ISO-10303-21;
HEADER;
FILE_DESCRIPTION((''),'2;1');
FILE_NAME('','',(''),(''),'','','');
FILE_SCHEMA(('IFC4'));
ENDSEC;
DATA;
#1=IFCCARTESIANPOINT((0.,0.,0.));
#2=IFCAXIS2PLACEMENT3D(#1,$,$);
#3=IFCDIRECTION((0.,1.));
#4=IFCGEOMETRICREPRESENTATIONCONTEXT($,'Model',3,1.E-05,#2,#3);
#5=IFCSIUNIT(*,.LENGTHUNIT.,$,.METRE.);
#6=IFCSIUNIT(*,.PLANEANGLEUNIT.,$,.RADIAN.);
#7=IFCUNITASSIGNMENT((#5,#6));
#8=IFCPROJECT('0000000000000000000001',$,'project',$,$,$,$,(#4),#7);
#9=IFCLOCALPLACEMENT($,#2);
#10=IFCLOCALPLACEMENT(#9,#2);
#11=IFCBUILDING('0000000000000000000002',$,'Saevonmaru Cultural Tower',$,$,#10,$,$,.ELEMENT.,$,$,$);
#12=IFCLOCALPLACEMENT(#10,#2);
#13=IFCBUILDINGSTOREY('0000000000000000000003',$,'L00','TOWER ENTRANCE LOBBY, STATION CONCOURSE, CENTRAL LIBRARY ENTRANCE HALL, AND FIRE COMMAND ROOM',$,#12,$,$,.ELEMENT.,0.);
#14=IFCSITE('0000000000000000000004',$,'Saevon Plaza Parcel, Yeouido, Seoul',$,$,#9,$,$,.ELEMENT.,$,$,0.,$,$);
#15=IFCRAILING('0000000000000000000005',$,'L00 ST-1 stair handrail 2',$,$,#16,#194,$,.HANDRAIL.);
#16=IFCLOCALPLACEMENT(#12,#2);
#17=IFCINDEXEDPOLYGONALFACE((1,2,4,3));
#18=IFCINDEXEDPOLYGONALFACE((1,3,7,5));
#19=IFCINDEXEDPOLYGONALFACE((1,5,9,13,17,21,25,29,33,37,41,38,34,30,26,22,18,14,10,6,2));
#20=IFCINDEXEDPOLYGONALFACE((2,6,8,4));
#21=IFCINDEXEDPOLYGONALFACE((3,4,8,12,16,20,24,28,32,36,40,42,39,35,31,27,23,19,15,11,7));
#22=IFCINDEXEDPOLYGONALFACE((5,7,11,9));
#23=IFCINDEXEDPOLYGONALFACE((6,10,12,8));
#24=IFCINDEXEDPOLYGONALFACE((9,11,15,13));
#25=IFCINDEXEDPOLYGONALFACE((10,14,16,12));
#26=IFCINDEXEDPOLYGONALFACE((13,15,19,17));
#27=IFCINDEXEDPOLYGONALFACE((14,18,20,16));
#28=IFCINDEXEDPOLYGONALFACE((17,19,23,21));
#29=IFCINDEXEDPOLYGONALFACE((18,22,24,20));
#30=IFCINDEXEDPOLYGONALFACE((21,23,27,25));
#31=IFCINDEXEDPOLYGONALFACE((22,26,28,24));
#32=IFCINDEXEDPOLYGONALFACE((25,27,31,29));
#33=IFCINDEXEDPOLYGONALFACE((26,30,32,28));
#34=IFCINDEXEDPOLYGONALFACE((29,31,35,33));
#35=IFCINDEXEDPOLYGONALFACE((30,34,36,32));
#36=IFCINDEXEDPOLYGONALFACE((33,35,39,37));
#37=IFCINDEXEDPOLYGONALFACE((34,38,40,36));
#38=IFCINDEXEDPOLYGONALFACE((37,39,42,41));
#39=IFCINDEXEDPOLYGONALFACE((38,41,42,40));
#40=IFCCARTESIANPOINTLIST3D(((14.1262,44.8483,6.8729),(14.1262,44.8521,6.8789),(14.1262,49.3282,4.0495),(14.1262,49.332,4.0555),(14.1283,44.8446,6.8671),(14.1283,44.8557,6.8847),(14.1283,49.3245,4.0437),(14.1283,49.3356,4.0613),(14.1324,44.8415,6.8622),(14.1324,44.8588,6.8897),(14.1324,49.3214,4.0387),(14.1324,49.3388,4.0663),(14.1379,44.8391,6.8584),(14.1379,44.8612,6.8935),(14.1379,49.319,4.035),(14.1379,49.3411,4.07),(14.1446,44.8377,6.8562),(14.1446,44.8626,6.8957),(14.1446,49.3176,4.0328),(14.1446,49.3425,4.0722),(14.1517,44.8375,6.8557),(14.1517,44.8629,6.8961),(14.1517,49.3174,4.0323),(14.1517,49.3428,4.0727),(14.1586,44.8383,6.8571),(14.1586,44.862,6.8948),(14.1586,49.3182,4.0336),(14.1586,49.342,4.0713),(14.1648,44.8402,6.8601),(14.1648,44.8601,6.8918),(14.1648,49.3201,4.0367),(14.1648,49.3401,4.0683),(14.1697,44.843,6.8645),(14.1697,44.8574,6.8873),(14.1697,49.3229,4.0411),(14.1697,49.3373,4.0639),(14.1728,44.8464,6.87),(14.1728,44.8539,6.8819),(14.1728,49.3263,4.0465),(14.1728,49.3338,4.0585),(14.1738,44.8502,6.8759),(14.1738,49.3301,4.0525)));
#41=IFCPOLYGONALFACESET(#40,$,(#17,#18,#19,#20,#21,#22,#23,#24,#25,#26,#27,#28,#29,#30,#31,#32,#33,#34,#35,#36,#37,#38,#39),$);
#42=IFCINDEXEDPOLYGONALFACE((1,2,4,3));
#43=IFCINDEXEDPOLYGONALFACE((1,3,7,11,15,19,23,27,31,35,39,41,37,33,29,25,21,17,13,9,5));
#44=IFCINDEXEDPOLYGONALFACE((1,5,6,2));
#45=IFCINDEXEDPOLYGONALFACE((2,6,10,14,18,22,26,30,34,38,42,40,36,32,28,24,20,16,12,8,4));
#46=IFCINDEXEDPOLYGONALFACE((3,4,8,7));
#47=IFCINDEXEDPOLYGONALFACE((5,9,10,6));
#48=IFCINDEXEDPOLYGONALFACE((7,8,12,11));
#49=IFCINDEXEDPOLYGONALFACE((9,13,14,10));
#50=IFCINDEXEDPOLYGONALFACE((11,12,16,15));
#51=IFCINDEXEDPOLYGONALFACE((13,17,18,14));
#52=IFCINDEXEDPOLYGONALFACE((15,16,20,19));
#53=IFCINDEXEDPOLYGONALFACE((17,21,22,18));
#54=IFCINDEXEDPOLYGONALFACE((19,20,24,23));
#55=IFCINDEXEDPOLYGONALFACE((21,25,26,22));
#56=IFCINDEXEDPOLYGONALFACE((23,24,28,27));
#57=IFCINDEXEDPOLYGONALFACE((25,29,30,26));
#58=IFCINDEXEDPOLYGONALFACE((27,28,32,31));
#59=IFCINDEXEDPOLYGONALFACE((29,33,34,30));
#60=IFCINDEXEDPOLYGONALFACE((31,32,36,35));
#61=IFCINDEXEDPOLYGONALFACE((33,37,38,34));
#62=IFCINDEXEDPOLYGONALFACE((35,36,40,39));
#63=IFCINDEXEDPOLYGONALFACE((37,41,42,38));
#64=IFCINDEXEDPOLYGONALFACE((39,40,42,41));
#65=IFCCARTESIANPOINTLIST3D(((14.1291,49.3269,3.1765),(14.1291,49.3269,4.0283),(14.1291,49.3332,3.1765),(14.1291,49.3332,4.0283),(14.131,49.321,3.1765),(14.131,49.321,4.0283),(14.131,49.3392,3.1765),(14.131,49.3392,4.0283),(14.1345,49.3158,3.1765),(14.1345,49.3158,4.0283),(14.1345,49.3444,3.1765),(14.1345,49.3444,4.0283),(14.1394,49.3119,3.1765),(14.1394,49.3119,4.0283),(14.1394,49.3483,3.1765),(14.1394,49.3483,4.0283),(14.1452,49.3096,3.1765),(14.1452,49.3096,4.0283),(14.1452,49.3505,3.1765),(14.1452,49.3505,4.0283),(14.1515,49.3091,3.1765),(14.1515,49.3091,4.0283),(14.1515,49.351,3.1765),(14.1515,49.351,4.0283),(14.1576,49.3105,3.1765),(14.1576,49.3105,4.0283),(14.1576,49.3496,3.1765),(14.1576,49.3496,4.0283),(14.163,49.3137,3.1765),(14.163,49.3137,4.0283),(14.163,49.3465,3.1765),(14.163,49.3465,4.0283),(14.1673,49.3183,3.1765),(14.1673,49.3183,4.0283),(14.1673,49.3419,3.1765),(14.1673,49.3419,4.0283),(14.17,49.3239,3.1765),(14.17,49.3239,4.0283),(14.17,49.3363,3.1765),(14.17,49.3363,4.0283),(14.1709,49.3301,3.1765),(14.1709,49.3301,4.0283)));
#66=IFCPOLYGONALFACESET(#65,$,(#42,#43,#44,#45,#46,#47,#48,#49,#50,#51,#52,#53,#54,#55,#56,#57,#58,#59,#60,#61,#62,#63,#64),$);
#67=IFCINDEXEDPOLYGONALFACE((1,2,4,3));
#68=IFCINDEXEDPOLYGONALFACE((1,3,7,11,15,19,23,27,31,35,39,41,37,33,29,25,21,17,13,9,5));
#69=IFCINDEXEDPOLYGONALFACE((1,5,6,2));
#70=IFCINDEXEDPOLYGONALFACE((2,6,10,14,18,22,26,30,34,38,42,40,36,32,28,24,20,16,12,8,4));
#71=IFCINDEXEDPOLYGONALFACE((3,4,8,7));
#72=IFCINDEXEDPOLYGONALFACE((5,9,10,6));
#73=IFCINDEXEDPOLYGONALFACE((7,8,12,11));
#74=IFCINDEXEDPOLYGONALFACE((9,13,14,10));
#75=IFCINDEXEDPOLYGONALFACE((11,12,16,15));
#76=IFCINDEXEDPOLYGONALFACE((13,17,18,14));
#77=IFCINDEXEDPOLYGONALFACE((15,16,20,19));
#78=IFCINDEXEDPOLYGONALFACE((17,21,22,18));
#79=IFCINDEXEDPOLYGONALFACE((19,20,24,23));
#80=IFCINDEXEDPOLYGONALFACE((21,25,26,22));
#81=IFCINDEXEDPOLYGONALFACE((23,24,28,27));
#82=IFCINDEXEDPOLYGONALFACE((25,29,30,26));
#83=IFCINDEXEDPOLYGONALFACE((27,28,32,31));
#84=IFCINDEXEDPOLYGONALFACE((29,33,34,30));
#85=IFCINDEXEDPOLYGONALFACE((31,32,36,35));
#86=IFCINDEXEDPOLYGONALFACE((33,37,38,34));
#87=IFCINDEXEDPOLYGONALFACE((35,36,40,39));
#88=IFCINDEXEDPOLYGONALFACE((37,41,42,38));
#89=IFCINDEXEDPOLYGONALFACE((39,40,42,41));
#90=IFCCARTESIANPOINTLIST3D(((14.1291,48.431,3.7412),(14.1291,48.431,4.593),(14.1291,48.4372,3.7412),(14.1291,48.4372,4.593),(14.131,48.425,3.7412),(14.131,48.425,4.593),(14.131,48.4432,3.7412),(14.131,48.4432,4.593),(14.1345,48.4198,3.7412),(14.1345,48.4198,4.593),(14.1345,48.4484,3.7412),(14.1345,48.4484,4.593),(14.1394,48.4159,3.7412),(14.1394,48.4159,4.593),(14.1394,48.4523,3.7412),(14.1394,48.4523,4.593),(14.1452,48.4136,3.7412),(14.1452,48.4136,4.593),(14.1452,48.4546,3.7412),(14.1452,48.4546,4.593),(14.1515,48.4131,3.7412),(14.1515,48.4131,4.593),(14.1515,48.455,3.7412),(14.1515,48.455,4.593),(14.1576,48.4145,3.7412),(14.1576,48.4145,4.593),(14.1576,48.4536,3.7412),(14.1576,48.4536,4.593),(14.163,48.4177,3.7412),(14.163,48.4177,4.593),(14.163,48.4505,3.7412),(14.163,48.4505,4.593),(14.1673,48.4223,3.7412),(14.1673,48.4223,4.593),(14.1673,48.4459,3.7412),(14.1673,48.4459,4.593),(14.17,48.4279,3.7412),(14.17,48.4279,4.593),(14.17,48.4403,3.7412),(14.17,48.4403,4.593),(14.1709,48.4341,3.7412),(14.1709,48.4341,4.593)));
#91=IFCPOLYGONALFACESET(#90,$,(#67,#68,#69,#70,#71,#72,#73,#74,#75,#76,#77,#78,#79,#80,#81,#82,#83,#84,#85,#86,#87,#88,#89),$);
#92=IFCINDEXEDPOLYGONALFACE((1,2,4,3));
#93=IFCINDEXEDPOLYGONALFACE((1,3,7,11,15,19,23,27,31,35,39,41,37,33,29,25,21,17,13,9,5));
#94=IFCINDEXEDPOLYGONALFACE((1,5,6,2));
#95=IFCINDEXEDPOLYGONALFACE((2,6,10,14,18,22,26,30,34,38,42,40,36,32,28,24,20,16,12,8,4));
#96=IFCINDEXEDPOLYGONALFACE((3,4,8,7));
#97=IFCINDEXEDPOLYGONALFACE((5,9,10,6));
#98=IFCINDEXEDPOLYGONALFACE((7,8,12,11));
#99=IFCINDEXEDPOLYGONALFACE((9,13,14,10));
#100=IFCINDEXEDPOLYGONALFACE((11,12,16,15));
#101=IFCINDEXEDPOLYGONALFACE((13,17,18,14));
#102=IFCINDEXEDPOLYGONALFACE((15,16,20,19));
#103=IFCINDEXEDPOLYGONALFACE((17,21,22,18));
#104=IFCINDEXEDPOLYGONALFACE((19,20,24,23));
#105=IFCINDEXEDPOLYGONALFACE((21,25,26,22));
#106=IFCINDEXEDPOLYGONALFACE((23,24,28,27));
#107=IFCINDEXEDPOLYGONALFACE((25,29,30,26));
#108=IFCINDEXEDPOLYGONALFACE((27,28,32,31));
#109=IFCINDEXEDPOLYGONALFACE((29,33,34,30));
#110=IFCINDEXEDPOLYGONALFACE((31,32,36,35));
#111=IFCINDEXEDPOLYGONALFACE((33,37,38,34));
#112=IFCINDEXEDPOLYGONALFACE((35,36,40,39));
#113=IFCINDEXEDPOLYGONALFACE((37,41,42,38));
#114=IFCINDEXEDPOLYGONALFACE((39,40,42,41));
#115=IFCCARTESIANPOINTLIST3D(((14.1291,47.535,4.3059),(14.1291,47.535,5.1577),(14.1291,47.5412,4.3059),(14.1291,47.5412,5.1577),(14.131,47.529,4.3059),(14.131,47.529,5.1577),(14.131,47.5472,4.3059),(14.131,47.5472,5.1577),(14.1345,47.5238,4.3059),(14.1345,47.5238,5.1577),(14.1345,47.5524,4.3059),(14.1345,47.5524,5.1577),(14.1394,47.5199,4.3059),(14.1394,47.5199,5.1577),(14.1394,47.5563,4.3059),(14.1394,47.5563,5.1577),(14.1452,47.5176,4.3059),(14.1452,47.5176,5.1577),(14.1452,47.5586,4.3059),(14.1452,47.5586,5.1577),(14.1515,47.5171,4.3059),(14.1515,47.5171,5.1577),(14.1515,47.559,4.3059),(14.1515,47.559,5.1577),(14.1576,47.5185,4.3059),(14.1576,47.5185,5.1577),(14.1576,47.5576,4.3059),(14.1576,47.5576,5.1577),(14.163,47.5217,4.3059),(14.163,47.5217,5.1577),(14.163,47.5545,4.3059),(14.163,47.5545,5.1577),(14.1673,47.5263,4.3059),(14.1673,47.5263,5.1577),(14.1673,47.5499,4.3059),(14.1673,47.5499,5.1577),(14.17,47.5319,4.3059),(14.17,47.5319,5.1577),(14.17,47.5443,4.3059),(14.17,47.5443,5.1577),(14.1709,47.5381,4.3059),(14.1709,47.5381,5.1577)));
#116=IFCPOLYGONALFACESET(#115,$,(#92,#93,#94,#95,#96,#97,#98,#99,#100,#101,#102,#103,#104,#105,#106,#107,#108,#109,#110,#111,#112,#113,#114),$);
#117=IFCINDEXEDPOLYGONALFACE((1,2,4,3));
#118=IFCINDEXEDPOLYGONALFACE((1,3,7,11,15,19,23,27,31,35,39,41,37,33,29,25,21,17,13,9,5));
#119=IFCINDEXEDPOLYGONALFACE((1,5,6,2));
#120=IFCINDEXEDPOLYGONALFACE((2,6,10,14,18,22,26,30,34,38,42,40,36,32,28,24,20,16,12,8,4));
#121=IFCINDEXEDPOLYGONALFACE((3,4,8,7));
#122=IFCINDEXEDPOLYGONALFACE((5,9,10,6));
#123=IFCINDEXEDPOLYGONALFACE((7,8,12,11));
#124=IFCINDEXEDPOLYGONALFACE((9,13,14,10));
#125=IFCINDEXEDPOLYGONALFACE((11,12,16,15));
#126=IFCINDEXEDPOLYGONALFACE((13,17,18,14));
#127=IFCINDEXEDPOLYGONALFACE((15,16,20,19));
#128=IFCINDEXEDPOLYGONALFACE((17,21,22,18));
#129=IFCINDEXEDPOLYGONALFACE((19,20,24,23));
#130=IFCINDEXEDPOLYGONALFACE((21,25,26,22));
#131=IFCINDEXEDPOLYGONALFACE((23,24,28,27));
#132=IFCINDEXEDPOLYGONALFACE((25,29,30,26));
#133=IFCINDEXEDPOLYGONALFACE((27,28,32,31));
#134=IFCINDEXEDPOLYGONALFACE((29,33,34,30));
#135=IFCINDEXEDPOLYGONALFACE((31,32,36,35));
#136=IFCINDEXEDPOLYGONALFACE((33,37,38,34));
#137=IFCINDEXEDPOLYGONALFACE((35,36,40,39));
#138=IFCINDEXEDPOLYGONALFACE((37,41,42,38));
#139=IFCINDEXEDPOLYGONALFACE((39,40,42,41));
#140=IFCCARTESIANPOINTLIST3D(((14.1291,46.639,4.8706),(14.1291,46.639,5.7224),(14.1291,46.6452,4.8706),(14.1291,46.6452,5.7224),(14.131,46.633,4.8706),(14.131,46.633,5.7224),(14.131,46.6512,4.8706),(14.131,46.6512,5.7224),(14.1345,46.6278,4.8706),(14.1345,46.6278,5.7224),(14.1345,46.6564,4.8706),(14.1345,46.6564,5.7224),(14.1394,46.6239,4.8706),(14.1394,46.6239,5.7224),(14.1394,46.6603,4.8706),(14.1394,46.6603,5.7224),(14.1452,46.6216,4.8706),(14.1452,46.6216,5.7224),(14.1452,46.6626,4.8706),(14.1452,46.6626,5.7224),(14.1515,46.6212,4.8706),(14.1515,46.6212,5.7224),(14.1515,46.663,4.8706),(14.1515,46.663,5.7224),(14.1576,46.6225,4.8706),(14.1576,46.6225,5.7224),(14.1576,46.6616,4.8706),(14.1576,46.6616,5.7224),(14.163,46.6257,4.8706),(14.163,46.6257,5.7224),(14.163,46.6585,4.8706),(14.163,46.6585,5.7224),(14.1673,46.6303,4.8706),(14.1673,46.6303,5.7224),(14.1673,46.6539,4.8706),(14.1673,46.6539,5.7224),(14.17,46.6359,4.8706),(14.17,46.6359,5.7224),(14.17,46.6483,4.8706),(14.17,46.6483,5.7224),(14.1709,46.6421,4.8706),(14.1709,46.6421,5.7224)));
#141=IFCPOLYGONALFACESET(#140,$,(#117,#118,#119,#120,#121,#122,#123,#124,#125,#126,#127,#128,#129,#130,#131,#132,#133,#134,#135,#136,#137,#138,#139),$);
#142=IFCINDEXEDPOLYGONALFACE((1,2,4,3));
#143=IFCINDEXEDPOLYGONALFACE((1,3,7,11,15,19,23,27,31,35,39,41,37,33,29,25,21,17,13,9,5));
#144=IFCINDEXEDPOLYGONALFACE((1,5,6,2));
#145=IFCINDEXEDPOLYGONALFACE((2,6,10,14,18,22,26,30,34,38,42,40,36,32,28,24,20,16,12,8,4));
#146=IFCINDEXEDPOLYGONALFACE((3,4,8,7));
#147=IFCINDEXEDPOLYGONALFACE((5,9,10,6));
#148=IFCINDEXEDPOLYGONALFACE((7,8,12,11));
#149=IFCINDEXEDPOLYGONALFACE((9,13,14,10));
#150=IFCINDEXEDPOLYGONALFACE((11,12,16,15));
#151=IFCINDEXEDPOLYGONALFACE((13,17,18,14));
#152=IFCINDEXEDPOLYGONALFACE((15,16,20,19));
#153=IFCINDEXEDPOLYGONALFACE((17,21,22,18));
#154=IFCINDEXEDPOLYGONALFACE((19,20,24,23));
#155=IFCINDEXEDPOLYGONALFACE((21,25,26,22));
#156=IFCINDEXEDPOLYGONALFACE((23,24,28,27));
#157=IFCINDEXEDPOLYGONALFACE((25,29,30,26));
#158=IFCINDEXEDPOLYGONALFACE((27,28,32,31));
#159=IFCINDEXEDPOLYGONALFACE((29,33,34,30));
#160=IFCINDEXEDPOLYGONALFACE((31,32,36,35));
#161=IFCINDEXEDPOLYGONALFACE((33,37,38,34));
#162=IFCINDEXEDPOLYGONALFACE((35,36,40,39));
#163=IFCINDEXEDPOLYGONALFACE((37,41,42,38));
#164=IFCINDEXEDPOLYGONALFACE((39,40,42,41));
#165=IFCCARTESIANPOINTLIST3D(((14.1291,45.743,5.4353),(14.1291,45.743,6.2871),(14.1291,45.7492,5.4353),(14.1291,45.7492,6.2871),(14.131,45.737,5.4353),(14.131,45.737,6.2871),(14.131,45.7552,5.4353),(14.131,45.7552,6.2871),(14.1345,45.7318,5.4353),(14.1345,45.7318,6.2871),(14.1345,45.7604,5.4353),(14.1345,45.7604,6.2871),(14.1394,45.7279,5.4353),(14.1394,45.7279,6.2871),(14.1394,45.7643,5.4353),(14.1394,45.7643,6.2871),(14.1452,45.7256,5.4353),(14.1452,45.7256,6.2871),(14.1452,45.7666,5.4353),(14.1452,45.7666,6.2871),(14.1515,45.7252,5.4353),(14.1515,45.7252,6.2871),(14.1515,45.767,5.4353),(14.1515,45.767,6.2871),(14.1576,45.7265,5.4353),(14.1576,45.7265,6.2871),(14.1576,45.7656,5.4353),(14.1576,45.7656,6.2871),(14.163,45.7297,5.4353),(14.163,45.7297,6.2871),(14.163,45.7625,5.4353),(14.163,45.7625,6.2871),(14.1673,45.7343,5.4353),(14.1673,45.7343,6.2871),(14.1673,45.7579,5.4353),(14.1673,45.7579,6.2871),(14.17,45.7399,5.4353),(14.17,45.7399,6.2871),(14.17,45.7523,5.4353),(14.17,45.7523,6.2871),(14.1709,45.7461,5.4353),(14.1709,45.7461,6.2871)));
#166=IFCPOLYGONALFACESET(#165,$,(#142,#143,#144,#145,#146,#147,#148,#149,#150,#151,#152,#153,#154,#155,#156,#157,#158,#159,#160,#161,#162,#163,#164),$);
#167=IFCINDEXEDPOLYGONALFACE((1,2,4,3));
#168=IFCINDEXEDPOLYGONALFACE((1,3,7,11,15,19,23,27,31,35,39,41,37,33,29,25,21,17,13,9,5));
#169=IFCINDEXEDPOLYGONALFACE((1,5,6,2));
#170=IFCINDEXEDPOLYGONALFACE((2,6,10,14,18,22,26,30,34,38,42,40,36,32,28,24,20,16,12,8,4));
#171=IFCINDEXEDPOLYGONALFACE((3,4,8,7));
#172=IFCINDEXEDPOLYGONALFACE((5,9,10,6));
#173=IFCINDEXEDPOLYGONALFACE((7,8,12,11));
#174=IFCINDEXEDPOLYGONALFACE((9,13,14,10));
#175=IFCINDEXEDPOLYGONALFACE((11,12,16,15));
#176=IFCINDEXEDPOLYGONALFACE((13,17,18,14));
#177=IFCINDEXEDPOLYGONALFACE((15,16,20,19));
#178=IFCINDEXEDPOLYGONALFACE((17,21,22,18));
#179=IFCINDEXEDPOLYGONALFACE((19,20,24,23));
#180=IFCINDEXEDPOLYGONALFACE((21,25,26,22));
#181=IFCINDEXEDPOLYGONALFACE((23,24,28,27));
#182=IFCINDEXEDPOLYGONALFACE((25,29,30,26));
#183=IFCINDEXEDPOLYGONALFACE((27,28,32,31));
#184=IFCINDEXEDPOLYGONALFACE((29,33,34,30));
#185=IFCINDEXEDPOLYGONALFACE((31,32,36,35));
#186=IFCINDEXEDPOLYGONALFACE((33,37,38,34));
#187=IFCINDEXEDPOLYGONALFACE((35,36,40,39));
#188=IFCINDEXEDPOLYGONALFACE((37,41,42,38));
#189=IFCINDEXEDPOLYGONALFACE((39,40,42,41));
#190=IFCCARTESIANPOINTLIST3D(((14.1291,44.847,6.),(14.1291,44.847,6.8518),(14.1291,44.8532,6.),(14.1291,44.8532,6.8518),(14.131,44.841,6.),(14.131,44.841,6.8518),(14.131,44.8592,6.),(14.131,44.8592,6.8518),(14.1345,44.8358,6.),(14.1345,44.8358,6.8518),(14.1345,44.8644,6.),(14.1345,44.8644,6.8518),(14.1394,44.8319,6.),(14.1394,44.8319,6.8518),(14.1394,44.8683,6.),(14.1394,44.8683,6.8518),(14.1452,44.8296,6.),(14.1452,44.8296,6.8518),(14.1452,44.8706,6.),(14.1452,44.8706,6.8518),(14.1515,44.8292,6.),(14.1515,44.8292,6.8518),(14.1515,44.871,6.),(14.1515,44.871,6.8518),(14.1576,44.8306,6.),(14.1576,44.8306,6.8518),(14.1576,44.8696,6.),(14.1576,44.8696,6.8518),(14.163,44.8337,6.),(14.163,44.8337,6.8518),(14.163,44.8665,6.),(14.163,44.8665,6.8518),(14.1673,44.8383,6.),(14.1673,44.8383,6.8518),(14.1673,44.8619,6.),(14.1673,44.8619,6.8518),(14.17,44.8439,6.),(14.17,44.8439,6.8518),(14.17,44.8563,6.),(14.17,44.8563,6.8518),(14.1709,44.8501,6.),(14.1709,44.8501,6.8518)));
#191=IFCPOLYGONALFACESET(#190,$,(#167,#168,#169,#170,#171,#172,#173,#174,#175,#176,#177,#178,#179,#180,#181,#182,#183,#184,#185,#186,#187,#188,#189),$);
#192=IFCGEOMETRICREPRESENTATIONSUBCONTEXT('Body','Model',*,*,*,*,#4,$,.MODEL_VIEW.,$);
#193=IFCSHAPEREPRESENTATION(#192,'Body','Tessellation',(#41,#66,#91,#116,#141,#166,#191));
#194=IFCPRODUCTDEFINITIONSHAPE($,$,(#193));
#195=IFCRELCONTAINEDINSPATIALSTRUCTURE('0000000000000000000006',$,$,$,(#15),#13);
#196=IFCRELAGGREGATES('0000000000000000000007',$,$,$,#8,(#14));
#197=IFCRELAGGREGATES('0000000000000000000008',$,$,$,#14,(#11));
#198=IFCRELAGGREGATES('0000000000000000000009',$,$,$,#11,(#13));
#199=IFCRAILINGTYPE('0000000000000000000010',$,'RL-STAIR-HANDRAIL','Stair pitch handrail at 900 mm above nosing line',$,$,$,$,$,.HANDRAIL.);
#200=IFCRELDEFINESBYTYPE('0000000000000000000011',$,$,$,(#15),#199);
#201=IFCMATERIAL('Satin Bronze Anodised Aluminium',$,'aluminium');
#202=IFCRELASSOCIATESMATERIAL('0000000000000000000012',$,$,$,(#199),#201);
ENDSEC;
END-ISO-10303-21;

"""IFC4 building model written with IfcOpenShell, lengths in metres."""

from ifc_helpers import new_model, si_unit, direction, frame, origin, origin_2d, place, context, subcontext, project, spatial, circle, extrude, material, type_object, element, save


model = new_model("IFC4")

# Units and contexts
model_context = context("Model", 3, precision=1e-05, world=origin(), true_north=direction((0.0, 1.0)))
body_context = subcontext(model_context, "Body", "Model", "MODEL_VIEW")
ifc_project = project(units=[si_unit("LENGTHUNIT", "METRE"), si_unit("PLANEANGLEUNIT", "RADIAN")], contexts=[model_context])

# Site, building, storey
site_placement = place(None, origin())
site = spatial("IfcSite", under=ifc_project, at=site_placement, Name="Saevon Plaza Parcel, Yeouido, Seoul", CompositionType="ELEMENT", RefElevation=0.0)
building_placement = place(site_placement, origin())
building = spatial("IfcBuilding", under=site, at=building_placement, Name="Saevonmaru Cultural Tower", CompositionType="ELEMENT")
storey_placement = place(building_placement, origin())
storey = spatial("IfcBuildingStorey", under=building, at=storey_placement, Name="L00", Description="TOWER ENTRANCE LOBBY, STATION CONCOURSE, CENTRAL LIBRARY ENTRANCE HALL, AND FIRE COMMAND ROOM", CompositionType="ELEMENT", Elevation=0.0)

# Shared definitions
ifc_material_1 = material(Name="Satin Bronze Anodised Aluminium", Category="aluminium")

# Railing
railing_type_1 = type_object("IfcRailingType", Name="RL-STAIR-HANDRAIL", Description="Stair pitch handrail at 900 mm above nosing line", PredefinedType="HANDRAIL", material=ifc_material_1)
railing_1_placement = place(storey_placement, frame((14.1499, 49.3301, 3.1765)))
element("IfcRailing", 1, at=railing_1_placement, inside=storey, type_object=railing_type_1, Name="L00 ST-1 stair handrail 2", PredefinedType="HANDRAIL", context=body_context, shape_type="SweptSolid", body=[
    extrude(circle(Radius=0.0239, at=origin_2d()), frame((0.0, 0.0, 0.876), z_axis=(0.0, -0.845998, 0.533186), x_axis=(1.0, 0.0, 0.0)), (0.0, 0.0, 1.0), 5.2954),
    extrude(circle(Radius=0.021, at=origin_2d()), origin(), (0.0, 0.0, 1.0), 0.8518),
    extrude(circle(Radius=0.021, at=origin_2d()), frame((0.0, -0.896, 0.5647)), (0.0, 0.0, 1.0), 0.8518),
    extrude(circle(Radius=0.021, at=origin_2d()), frame((0.0, -1.792, 1.1294)), (0.0, 0.0, 1.0), 0.8518),
    extrude(circle(Radius=0.021, at=origin_2d()), frame((0.0, -2.688, 1.6941)), (0.0, 0.0, 1.0), 0.8518),
    extrude(circle(Radius=0.021, at=origin_2d()), frame((0.0, -3.584, 2.2588)), (0.0, 0.0, 1.0), 0.8518),
    extrude(circle(Radius=0.021, at=origin_2d()), frame((0.0, -4.48, 2.8235)), (0.0, 0.0, 1.0), 0.8518),
])

save(model, "model.ifc")
